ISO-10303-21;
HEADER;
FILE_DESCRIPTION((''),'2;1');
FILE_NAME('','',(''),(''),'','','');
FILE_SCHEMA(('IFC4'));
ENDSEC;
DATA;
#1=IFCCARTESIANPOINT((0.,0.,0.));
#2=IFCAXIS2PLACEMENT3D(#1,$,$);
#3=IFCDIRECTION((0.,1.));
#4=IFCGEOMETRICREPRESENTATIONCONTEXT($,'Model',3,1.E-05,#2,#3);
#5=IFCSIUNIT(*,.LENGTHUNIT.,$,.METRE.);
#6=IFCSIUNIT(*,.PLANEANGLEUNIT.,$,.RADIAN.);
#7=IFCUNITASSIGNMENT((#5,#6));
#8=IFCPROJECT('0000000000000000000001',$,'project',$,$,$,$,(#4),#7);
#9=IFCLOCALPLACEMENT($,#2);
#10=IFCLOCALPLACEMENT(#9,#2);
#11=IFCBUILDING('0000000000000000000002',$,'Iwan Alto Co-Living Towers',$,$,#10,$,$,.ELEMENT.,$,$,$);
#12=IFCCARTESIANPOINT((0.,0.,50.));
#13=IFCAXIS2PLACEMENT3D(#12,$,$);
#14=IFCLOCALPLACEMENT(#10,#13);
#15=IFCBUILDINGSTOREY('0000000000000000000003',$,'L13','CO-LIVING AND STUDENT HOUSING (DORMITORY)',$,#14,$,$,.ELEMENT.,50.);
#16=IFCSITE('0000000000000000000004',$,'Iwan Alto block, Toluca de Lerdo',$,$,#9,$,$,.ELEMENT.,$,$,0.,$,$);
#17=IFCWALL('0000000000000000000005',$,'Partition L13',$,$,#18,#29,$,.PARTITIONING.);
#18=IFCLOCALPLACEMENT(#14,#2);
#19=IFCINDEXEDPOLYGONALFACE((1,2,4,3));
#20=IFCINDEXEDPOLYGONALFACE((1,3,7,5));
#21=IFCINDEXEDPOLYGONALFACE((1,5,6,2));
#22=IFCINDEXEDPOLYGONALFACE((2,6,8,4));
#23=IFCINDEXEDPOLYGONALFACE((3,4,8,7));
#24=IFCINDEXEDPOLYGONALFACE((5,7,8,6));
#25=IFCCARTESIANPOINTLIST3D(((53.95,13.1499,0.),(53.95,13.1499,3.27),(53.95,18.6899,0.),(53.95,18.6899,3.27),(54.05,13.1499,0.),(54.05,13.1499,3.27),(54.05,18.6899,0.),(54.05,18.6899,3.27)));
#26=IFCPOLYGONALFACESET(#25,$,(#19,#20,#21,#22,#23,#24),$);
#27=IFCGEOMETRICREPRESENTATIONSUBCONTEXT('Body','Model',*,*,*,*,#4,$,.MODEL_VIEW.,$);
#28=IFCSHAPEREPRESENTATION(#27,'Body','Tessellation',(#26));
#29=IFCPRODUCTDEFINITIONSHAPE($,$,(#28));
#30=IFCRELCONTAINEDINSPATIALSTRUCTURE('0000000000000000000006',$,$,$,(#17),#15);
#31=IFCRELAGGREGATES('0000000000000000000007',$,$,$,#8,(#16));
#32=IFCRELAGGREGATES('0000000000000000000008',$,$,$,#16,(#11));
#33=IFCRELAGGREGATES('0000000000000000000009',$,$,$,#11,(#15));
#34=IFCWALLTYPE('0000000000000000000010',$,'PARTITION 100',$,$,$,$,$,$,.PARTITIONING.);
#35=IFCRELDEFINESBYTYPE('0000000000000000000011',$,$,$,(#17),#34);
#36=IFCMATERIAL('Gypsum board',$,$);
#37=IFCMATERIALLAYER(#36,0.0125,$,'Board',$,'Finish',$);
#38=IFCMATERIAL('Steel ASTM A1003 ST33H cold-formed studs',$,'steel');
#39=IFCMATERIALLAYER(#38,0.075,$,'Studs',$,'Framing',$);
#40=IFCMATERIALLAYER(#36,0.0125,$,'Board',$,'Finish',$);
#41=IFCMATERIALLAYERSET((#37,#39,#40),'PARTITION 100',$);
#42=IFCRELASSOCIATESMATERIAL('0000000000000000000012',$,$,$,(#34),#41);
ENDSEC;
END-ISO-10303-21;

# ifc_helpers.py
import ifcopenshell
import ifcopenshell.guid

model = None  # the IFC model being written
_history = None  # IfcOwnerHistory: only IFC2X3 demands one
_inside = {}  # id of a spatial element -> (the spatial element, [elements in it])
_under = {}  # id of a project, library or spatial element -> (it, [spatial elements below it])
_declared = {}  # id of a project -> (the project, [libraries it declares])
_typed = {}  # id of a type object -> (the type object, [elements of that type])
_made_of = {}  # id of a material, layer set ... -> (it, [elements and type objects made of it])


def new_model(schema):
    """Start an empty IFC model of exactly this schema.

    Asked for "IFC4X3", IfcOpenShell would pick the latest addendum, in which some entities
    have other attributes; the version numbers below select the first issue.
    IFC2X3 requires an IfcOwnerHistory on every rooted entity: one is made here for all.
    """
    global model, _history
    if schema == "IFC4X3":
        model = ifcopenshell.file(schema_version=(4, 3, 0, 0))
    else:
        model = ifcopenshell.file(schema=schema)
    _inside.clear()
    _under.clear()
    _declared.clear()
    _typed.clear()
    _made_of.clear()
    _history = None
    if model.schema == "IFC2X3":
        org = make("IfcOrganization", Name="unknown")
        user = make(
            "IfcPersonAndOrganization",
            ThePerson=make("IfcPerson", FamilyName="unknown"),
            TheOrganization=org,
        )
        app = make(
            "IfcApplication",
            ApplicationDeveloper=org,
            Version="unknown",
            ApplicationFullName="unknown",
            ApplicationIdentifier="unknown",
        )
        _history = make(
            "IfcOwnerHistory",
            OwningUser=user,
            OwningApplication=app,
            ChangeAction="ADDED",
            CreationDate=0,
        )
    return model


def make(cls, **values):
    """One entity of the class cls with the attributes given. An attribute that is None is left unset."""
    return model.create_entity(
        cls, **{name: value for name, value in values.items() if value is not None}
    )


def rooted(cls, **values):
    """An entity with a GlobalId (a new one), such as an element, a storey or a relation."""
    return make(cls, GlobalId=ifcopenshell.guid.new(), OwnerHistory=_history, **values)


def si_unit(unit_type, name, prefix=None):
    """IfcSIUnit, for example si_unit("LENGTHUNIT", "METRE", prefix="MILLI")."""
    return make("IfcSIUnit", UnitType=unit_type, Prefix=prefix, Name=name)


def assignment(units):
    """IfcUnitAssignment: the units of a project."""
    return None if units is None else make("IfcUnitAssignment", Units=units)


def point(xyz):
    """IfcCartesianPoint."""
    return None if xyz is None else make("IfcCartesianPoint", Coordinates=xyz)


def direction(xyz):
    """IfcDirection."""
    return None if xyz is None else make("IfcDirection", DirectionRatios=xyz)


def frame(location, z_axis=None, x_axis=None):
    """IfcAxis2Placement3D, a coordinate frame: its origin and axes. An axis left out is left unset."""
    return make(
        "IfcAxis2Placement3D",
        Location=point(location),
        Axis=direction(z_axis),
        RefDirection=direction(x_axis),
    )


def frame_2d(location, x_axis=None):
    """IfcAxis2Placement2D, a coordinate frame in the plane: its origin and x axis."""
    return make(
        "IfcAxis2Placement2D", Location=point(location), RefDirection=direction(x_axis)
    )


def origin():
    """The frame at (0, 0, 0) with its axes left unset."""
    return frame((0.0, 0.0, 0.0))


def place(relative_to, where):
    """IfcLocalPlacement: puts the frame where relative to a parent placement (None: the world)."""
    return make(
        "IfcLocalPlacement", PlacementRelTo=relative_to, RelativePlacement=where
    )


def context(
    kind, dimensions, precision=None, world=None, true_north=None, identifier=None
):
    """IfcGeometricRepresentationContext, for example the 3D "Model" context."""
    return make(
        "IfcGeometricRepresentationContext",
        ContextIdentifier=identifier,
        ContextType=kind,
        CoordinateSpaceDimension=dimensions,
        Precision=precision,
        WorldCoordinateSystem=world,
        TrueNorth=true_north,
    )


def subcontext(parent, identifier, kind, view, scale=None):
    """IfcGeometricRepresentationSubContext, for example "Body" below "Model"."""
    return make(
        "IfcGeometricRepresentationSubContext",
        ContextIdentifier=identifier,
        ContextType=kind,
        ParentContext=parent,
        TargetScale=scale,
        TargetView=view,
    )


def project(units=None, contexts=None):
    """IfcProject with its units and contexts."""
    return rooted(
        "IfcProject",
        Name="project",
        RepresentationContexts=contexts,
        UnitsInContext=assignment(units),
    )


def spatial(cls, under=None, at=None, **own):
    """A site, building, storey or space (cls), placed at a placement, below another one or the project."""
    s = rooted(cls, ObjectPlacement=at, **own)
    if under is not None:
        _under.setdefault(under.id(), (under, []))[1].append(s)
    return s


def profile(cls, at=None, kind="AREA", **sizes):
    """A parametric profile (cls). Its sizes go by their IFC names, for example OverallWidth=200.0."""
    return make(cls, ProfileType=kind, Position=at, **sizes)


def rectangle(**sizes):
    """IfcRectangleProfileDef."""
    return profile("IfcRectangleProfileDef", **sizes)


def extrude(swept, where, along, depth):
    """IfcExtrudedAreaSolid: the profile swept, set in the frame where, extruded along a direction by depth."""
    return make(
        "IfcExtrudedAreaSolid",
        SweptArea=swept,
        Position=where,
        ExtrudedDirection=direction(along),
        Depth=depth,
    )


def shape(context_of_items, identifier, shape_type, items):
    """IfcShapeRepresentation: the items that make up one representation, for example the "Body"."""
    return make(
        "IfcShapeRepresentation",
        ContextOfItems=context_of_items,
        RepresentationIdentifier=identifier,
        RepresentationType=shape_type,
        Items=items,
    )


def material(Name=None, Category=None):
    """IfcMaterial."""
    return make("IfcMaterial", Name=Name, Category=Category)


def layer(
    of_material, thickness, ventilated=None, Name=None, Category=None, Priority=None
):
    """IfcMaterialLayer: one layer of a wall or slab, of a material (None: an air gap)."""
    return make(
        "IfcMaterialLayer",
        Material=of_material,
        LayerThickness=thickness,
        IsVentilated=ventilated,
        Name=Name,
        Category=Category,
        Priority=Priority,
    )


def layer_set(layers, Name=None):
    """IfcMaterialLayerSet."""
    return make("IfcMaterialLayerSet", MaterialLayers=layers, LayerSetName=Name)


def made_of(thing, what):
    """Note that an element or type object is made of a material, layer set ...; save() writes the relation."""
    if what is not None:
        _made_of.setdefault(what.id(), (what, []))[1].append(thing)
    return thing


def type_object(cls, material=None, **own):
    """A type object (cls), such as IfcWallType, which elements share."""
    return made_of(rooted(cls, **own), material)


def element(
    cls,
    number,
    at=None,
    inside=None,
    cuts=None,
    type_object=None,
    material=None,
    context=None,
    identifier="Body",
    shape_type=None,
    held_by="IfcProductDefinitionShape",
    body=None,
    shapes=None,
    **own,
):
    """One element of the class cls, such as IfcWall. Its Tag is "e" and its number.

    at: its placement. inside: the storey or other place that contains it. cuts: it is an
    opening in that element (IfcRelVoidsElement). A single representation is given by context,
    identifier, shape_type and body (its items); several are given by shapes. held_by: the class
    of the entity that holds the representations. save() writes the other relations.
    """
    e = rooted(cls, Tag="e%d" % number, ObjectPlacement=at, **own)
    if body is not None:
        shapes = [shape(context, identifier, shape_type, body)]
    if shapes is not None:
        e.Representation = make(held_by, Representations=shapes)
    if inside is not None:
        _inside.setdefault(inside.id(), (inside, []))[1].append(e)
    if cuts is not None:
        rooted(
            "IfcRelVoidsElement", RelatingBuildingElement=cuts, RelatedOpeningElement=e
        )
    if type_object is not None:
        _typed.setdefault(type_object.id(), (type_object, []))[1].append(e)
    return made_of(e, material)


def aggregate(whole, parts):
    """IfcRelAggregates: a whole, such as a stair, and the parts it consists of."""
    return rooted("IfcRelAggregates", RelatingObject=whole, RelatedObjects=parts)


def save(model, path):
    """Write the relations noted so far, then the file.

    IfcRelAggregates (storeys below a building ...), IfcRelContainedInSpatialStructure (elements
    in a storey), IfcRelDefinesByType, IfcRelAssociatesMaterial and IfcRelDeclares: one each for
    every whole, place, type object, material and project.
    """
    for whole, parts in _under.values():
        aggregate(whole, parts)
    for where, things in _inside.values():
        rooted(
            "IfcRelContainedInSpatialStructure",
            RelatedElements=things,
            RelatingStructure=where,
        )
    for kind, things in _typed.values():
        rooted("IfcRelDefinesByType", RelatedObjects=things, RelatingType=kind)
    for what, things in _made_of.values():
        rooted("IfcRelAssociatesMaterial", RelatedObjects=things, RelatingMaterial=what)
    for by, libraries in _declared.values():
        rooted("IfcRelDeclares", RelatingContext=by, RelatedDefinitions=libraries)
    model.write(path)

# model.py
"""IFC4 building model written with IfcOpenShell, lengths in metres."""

from ifc_helpers import new_model, si_unit, direction, frame, frame_2d, origin, place, context, subcontext, project, spatial, rectangle, extrude, material, layer, layer_set, type_object, element, save


model = new_model("IFC4")

# Units and contexts
model_context = context("Model", 3, precision=1e-05, world=origin(), true_north=direction((0.0, 1.0)))
body_context = subcontext(model_context, "Body", "Model", "MODEL_VIEW")
ifc_project = project(units=[si_unit("LENGTHUNIT", "METRE"), si_unit("PLANEANGLEUNIT", "RADIAN")], contexts=[model_context])

# Site, building, storey
site_placement = place(None, origin())
site = spatial("IfcSite", under=ifc_project, at=site_placement, Name="Iwan Alto block, Toluca de Lerdo", CompositionType="ELEMENT", RefElevation=0.0)
building_placement = place(site_placement, origin())
building = spatial("IfcBuilding", under=site, at=building_placement, Name="Iwan Alto Co-Living Towers", CompositionType="ELEMENT")
storey_placement = place(building_placement, frame((0.0, 0.0, 50.0)))
storey = spatial("IfcBuildingStorey", under=building, at=storey_placement, Name="L13", Description="CO-LIVING AND STUDENT HOUSING (DORMITORY)", CompositionType="ELEMENT", Elevation=50.0)

# Wall
ifc_material_1 = material(Name="Gypsum board")
ifc_layer_1 = layer(ifc_material_1, 0.0125, Name="Board", Category="Finish")
ifc_material_2 = material(Name="Steel ASTM A1003 ST33H cold-formed studs", Category="steel")
ifc_layer_2 = layer(ifc_material_2, 0.075, Name="Studs", Category="Framing")
ifc_layer_3 = layer(ifc_material_1, 0.0125, Name="Board", Category="Finish")
ifc_layer_set_1 = layer_set([ifc_layer_1, ifc_layer_2, ifc_layer_3], Name="PARTITION 100")
wall_type = type_object("IfcWallType", Name="PARTITION 100", PredefinedType="PARTITIONING", material=ifc_layer_set_1)
wall_placement = place(storey_placement, frame((54.0, 13.1499, 0.0), z_axis=(0.0, 0.0, 1.0), x_axis=(0.0, 1.0, 0.0)))
element("IfcWall", 1, at=wall_placement, inside=storey, type_object=wall_type, Name="Partition L13", PredefinedType="PARTITIONING", context=body_context, shape_type="SweptSolid", body=[
    extrude(rectangle(XDim=5.54, YDim=0.1001, at=frame_2d((2.77, 0.0))), origin(), (0.0, 0.0, 1.0), 3.27),
])

save(model, "model.ifc")
